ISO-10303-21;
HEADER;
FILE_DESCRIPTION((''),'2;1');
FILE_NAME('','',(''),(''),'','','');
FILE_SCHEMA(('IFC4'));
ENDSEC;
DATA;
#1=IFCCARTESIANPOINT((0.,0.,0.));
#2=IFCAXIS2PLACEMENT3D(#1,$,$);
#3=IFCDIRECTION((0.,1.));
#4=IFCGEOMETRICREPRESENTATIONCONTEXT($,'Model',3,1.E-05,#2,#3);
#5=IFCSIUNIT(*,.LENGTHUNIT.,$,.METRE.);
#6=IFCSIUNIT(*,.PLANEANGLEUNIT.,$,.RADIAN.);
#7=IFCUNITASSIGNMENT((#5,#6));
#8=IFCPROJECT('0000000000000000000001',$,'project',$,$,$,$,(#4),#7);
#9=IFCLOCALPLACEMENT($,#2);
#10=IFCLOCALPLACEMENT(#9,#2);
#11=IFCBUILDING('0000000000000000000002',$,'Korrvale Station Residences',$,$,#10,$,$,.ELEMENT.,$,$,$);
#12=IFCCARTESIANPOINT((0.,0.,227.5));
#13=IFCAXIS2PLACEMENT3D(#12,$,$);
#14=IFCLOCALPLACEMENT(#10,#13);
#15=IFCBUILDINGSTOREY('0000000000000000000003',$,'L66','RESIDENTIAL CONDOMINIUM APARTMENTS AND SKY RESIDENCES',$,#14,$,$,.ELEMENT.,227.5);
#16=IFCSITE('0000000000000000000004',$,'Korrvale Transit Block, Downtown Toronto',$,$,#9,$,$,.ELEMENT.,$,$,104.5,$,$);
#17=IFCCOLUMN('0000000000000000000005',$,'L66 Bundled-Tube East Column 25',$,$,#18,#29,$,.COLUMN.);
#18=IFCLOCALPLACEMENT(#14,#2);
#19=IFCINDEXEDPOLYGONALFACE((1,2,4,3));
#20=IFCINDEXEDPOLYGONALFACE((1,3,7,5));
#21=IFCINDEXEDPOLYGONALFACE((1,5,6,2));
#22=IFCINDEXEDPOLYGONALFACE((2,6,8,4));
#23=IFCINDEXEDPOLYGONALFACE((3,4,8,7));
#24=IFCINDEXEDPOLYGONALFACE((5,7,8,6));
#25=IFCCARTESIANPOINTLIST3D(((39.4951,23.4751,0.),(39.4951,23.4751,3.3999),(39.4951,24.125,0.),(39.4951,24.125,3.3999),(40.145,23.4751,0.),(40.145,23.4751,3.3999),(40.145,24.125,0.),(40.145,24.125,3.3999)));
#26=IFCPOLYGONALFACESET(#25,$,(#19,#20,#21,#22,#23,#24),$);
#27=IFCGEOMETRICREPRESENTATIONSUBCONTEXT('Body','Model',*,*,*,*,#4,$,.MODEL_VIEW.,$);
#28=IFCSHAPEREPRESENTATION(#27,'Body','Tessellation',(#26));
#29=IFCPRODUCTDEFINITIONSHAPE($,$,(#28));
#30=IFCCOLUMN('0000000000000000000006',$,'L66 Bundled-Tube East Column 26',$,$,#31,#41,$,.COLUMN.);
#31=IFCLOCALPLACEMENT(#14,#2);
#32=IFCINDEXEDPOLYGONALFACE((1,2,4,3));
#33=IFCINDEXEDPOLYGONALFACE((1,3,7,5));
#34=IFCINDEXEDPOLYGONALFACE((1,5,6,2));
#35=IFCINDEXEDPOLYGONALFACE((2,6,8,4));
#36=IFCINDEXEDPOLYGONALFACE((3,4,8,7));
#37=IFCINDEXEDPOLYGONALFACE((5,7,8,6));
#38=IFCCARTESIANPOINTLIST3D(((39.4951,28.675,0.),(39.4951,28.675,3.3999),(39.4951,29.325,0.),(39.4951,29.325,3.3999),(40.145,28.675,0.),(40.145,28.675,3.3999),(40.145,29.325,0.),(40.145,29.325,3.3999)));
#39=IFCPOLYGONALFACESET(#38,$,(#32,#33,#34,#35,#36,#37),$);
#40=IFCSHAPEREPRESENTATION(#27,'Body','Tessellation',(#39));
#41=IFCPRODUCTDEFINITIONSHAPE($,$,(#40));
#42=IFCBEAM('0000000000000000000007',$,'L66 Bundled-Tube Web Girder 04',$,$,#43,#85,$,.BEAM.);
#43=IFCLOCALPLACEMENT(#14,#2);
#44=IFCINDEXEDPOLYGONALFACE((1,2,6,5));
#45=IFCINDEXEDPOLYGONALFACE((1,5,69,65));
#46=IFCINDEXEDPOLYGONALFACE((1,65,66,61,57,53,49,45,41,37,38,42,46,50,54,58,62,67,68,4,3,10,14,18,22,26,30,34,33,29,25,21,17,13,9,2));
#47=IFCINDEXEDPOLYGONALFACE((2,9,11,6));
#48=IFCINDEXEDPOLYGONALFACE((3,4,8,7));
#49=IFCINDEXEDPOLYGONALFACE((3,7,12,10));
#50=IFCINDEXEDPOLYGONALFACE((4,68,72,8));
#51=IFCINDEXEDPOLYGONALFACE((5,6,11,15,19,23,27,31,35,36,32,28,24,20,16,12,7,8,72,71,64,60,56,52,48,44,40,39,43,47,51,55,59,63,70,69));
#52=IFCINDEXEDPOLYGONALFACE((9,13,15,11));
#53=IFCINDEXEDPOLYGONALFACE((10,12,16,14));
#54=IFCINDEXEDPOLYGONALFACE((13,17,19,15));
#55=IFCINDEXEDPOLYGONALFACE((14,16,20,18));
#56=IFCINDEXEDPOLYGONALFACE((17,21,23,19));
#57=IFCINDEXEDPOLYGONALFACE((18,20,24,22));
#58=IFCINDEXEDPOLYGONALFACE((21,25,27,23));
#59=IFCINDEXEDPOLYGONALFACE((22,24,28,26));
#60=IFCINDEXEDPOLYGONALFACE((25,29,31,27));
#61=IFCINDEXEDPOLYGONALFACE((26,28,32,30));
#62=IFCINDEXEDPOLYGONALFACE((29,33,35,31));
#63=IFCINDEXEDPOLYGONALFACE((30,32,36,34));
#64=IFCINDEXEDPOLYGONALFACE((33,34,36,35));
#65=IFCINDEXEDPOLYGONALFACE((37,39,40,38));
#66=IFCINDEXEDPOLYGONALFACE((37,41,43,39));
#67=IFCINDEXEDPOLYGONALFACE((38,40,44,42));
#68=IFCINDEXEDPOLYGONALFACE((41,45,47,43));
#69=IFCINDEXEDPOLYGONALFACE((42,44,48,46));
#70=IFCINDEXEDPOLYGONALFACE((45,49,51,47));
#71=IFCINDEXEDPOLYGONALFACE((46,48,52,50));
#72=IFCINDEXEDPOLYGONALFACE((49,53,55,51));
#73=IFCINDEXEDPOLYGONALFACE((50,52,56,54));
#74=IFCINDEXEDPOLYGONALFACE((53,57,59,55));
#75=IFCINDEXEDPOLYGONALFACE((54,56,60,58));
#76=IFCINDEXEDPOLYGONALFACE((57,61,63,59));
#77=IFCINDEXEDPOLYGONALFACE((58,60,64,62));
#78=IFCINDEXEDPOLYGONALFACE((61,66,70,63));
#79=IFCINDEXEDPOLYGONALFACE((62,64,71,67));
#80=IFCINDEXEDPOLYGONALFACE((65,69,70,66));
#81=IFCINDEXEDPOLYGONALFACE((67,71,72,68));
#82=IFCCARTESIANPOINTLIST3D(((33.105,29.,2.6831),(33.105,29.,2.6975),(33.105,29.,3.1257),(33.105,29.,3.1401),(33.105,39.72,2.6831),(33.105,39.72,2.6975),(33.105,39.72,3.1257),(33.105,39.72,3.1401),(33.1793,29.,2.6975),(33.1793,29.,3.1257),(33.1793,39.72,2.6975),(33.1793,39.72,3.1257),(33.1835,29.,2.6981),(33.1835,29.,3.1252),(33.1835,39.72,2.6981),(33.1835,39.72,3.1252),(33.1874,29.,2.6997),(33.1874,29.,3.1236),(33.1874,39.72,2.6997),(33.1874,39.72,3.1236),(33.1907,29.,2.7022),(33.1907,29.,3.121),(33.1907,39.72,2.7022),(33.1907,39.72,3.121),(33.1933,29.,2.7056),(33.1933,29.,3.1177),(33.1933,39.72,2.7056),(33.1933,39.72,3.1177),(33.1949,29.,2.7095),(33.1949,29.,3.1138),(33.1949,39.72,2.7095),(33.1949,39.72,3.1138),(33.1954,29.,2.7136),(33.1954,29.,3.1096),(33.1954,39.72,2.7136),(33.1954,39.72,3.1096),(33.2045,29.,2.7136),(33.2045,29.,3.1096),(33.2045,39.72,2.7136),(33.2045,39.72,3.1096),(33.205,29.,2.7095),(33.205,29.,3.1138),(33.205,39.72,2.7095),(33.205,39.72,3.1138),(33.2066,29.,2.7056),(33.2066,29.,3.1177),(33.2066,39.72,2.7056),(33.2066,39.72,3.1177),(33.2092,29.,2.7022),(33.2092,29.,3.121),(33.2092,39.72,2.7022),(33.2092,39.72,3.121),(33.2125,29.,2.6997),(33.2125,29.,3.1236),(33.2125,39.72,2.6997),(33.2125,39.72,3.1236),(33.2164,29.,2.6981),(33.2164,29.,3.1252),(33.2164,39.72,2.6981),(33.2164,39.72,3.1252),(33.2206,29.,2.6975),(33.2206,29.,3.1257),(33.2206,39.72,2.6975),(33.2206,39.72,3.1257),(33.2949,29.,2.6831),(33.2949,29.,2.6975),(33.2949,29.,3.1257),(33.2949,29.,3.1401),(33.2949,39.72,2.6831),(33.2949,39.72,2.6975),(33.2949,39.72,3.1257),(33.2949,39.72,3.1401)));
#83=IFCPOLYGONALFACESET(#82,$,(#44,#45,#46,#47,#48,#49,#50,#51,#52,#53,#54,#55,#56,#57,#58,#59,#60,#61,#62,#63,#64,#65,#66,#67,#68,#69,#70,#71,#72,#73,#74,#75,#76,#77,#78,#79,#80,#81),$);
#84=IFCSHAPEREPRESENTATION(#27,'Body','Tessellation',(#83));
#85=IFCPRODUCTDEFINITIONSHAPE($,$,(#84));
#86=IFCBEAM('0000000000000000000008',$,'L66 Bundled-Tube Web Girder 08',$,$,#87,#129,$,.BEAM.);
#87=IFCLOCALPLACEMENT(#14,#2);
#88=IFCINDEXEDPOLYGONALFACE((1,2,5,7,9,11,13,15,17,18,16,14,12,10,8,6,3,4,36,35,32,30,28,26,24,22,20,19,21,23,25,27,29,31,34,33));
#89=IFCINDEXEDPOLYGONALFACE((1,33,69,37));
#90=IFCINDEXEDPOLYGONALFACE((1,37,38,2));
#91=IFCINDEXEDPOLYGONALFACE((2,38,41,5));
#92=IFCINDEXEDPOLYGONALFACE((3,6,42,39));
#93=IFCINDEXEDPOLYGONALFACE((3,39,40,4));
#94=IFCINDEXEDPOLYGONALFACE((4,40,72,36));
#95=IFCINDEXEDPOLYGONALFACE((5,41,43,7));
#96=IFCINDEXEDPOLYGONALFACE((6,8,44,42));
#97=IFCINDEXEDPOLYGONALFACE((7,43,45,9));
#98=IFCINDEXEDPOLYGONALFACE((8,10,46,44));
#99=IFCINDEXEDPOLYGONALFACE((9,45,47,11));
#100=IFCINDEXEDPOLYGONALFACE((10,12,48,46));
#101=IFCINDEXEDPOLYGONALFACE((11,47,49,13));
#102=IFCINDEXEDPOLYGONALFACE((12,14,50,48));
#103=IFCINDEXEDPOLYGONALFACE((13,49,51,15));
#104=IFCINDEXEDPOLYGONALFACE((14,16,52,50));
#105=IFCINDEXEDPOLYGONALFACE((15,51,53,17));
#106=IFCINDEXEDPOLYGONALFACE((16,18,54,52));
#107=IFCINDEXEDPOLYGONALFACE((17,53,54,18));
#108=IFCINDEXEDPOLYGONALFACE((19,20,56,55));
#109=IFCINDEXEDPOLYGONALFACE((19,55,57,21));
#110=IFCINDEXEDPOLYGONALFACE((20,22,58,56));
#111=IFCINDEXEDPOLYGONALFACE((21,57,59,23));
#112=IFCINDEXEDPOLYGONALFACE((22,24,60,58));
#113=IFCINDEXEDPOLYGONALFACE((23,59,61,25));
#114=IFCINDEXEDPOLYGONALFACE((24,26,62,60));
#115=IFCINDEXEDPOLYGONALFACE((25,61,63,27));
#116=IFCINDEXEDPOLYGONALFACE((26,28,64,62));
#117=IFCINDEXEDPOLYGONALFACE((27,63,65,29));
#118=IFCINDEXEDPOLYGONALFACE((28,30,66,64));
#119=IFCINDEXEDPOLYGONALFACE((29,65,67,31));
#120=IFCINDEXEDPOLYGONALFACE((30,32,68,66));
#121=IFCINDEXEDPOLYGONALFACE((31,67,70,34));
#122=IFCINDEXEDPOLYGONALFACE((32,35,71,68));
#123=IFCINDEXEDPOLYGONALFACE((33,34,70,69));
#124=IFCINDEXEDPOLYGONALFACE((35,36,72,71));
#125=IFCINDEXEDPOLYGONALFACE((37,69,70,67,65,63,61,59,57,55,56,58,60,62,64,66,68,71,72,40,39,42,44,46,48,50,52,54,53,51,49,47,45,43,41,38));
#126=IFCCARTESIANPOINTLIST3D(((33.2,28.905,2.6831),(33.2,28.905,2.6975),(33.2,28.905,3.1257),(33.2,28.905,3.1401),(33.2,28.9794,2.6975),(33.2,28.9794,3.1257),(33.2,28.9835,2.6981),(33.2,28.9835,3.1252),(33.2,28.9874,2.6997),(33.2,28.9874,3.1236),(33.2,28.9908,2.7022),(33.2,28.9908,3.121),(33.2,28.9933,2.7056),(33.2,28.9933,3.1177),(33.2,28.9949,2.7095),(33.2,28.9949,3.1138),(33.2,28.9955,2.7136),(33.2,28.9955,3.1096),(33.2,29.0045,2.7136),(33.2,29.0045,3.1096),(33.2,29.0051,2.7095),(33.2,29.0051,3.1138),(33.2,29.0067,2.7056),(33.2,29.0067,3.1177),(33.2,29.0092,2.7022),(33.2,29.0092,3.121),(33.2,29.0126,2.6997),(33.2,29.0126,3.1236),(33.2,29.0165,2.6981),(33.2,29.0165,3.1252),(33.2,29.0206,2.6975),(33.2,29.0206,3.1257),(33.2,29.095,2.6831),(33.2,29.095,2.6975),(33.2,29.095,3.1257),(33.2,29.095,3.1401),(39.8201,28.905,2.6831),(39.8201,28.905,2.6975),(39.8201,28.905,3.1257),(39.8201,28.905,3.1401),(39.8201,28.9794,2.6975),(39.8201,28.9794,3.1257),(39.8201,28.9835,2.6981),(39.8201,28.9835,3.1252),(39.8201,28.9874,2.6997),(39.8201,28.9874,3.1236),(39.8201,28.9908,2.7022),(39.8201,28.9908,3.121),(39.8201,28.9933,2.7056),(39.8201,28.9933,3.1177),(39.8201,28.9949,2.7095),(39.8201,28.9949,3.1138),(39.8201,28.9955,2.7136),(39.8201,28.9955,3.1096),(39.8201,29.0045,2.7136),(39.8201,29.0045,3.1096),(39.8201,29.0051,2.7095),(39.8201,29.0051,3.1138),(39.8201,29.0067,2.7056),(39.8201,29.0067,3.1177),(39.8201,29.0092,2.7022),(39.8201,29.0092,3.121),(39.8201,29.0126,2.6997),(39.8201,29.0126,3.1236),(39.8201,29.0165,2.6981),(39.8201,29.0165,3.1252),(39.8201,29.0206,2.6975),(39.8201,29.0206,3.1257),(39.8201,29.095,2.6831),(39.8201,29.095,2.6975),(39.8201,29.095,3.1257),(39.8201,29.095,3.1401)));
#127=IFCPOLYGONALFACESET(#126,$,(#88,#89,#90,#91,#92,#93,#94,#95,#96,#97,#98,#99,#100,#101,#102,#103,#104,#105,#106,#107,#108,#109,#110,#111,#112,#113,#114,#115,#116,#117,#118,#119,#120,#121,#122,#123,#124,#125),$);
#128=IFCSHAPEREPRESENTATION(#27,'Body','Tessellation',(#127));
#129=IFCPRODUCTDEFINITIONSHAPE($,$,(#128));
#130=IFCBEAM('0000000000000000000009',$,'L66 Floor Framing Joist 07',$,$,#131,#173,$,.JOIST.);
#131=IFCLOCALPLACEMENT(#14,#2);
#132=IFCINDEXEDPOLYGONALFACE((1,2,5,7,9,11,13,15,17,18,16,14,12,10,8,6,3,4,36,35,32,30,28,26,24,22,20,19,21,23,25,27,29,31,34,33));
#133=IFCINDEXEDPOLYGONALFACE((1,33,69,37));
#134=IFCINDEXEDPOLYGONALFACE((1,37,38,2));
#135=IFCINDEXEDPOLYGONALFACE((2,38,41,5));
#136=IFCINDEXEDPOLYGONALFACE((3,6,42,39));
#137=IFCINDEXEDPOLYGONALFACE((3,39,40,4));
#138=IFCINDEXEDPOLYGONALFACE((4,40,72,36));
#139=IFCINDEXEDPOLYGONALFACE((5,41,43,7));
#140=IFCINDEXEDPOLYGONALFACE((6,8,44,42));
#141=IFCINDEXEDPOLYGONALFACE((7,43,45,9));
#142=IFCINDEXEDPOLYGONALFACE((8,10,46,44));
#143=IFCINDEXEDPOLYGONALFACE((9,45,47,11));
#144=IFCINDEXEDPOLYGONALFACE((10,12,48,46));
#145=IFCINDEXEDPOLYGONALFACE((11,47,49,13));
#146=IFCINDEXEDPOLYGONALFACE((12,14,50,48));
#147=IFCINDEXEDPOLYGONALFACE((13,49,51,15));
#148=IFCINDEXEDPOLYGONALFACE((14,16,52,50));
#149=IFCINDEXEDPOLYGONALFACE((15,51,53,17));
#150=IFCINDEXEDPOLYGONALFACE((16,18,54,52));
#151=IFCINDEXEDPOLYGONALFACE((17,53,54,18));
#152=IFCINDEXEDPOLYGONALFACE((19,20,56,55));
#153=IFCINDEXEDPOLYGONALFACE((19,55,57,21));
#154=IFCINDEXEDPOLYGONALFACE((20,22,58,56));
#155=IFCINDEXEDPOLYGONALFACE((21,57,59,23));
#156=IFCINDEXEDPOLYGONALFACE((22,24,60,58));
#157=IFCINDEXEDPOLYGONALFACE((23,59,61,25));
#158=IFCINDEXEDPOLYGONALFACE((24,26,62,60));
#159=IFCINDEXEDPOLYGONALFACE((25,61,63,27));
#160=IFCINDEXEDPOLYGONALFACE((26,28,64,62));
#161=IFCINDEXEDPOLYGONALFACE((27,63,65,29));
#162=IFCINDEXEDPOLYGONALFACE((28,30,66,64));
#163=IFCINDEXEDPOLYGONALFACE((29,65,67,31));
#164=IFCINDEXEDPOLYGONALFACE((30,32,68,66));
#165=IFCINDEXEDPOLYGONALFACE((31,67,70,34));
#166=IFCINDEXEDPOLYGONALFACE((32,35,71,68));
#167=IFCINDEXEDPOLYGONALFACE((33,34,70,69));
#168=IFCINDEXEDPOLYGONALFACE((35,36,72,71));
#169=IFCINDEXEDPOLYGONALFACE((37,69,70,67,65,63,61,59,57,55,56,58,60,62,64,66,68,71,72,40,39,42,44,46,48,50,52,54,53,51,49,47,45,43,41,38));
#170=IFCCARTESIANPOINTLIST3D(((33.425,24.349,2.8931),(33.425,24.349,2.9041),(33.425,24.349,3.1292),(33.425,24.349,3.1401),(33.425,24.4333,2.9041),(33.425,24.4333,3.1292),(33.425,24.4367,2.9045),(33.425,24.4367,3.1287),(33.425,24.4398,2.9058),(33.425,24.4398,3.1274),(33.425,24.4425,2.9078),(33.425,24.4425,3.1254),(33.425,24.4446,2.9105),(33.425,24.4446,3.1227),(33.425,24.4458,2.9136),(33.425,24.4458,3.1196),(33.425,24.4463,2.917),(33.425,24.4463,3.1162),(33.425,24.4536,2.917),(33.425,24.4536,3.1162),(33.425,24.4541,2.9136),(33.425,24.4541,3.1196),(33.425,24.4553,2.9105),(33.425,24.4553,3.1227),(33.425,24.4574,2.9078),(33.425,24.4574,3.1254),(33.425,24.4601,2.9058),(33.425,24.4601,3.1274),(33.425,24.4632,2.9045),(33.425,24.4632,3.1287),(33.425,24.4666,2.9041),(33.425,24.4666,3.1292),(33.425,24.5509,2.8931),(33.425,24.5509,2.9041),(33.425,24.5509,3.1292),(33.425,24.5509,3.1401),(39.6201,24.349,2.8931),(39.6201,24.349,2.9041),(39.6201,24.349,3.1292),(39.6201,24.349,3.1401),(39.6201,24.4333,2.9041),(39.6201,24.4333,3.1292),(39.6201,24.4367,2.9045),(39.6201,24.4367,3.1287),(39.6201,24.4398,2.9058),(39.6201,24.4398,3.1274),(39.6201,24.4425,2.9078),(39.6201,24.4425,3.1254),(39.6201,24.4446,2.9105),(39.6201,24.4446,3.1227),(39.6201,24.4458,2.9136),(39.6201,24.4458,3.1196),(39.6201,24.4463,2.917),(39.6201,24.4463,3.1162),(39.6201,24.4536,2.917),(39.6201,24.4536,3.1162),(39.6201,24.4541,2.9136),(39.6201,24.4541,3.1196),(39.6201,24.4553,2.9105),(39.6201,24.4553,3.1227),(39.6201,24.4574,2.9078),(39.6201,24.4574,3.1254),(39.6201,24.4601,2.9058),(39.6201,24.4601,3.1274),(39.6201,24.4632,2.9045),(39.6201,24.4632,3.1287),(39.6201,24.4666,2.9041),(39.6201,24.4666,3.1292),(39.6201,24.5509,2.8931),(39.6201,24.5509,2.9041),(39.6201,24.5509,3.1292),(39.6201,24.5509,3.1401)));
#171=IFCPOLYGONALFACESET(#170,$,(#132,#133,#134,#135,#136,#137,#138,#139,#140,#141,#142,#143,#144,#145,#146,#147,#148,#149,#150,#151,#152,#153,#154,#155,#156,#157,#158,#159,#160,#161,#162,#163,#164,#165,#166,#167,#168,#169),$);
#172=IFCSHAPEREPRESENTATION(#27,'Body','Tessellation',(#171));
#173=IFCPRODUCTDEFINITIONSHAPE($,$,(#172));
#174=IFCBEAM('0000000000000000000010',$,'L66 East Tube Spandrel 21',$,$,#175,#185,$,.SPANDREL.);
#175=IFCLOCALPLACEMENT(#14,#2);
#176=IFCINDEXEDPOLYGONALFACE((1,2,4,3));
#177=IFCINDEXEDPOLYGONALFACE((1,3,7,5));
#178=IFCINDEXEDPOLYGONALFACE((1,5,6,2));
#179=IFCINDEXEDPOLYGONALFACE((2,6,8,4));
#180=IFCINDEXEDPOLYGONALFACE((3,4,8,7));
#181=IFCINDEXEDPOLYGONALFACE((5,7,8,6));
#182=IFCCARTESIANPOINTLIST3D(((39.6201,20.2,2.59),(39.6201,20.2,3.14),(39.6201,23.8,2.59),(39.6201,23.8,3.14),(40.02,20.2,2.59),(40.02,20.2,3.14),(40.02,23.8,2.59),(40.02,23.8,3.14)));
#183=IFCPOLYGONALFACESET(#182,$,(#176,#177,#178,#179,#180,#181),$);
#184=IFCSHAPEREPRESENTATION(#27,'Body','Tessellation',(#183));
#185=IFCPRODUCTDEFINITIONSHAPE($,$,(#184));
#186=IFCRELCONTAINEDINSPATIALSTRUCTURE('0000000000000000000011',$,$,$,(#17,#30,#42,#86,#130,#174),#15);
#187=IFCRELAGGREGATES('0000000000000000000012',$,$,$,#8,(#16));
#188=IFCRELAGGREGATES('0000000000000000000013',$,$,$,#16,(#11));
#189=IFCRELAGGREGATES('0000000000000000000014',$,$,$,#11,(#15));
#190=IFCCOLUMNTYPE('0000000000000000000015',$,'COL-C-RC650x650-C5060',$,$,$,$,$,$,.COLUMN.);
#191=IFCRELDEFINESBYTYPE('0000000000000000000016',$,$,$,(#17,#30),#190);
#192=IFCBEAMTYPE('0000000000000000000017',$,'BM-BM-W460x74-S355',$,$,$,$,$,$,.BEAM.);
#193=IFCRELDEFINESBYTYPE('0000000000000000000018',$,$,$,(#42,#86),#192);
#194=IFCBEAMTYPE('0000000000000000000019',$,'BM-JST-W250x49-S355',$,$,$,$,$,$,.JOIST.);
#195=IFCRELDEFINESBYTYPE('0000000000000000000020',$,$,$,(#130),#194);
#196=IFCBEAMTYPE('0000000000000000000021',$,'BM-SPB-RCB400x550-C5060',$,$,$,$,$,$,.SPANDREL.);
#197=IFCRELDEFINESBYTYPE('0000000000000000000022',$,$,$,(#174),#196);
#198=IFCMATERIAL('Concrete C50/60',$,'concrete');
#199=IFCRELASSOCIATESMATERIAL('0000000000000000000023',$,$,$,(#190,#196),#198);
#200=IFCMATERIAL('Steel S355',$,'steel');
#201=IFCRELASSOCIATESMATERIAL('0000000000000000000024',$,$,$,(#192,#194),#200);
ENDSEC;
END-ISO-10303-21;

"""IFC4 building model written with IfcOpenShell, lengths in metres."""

from ifc_helpers import new_model, si_unit, direction, frame, origin, origin_2d, place, context, subcontext, project, spatial, rectangle, i_section, extrude, material, material_profile, profile_set, type_object, element, save


model = new_model("IFC4")

# Units and contexts
model_context = context("Model", 3, precision=1e-05, world=origin(), true_north=direction((0.0, 1.0)))
body_context = subcontext(model_context, "Body", "Model", "MODEL_VIEW")
ifc_project = project(units=[si_unit("LENGTHUNIT", "METRE"), si_unit("PLANEANGLEUNIT", "RADIAN")], contexts=[model_context])

# Site, building, storey
site_placement = place(None, origin())
site = spatial("IfcSite", under=ifc_project, at=site_placement, Name="Korrvale Transit Block, Downtown Toronto", CompositionType="ELEMENT", RefElevation=104.5)
building_placement = place(site_placement, origin())
building = spatial("IfcBuilding", under=site, at=building_placement, Name="Korrvale Station Residences", CompositionType="ELEMENT")
storey_placement = place(building_placement, frame((0.0, 0.0, 227.5)))
storey = spatial("IfcBuildingStorey", under=building, at=storey_placement, Name="L66", Description="RESIDENTIAL CONDOMINIUM APARTMENTS AND SKY RESIDENCES", CompositionType="ELEMENT", Elevation=227.5)

# Columns
ifc_material_1 = material(Name="Concrete C50/60", Category="concrete")
ifc_material_profile_1 = material_profile(ifc_material_1, rectangle(XDim=0.6499, YDim=0.6499, at=origin_2d()), Name="RC650x650")
ifc_profile_set_1 = profile_set([ifc_material_profile_1], Name="Concrete C50/60")
column_type = type_object("IfcColumnType", Name="COL-C-RC650x650-C5060", PredefinedType="COLUMN", material=ifc_profile_set_1)
for number, where, z_axis, x_axis, name in (
    (1, (39.8201, 23.8, 0.0), (0.0, 0.0, 1.0), (1.0, 0.0, 0.0), "L66 Bundled-Tube East Column 25"),
    (2, (39.8201, 29.0, 0.0), (0.0, 0.0, 1.0), (1.0, 0.0, 0.0), "L66 Bundled-Tube East Column 26"),
):
    element("IfcColumn", number, at=place(storey_placement, frame(where, z_axis=z_axis, x_axis=x_axis)), inside=storey, type_object=column_type, Name=name, PredefinedType="COLUMN", context=body_context, shape_type="SweptSolid", body=[
        extrude(rectangle(XDim=0.6499, YDim=0.6499, at=origin_2d()), origin(), (0.0, 0.0, 1.0), 3.3999),
    ])

# Beams
ifc_material_2 = material(Name="Steel S355", Category="steel")
ifc_material_profile_2 = material_profile(ifc_material_2, i_section(OverallWidth=0.1899, OverallDepth=0.457, WebThickness=0.009, FlangeThickness=0.0144, FilletRadius=0.0161, at=origin_2d()), Name="W460x74")
ifc_profile_set_2 = profile_set([ifc_material_profile_2], Name="Steel S355")
beam_type_1 = type_object("IfcBeamType", Name="BM-BM-W460x74-S355", PredefinedType="BEAM", material=ifc_profile_set_2)
beam_1_placement = place(storey_placement, frame((33.2, 29.0, 2.9116), z_axis=(0.0, 1.0, 0.0), x_axis=(-1.0, 0.0, 0.0)))
element("IfcBeam", 3, at=beam_1_placement, inside=storey, type_object=beam_type_1, Name="L66 Bundled-Tube Web Girder 04", PredefinedType="BEAM", context=body_context, shape_type="SweptSolid", body=[
    extrude(i_section(OverallWidth=0.1899, OverallDepth=0.457, WebThickness=0.009, FlangeThickness=0.0144, FilletRadius=0.0161, at=origin_2d()), origin(), (0.0, 0.0, 1.0), 10.72),
])
beam_2_placement = place(storey_placement, frame((33.2, 29.0, 2.9116), z_axis=(1.0, 0.0, 0.0), x_axis=(0.0, 1.0, 0.0)))
element("IfcBeam", 4, at=beam_2_placement, inside=storey, type_object=beam_type_1, Name="L66 Bundled-Tube Web Girder 08", PredefinedType="BEAM", context=body_context, shape_type="SweptSolid", body=[
    extrude(i_section(OverallWidth=0.1899, OverallDepth=0.457, WebThickness=0.009, FlangeThickness=0.0144, FilletRadius=0.0161, at=origin_2d()), origin(), (0.0, 0.0, 1.0), 6.6201),
])
ifc_material_profile_3 = material_profile(ifc_material_2, i_section(OverallWidth=0.2019, OverallDepth=0.2471, WebThickness=0.0073, FlangeThickness=0.011, FilletRadius=0.0129, at=origin_2d()), Name="W250x49")
ifc_profile_set_3 = profile_set([ifc_material_profile_3], Name="Steel S355")
beam_type_2 = type_object("IfcBeamType", Name="BM-JST-W250x49-S355", PredefinedType="JOIST", material=ifc_profile_set_3)
beam_3_placement = place(storey_placement, frame((33.425, 24.45, 3.0166), z_axis=(1.0, 0.0, 0.0), x_axis=(0.0, 1.0, 0.0)))
element("IfcBeam", 5, at=beam_3_placement, inside=storey, type_object=beam_type_2, Name="L66 Floor Framing Joist 07", PredefinedType="JOIST", context=body_context, shape_type="SweptSolid", body=[
    extrude(i_section(OverallWidth=0.2019, OverallDepth=0.2471, WebThickness=0.0073, FlangeThickness=0.011, FilletRadius=0.0129, at=origin_2d()), origin(), (0.0, 0.0, 1.0), 6.1951),
])
ifc_material_profile_4 = material_profile(ifc_material_1, rectangle(XDim=0.3999, YDim=0.55, at=origin_2d()), Name="RCB400x550")
ifc_profile_set_4 = profile_set([ifc_material_profile_4], Name="Concrete C50/60")
beam_type_3 = type_object("IfcBeamType", Name="BM-SPB-RCB400x550-C5060", PredefinedType="SPANDREL", material=ifc_profile_set_4)
beam_4_placement = place(storey_placement, frame((39.8201, 20.2, 2.865), z_axis=(0.0, 1.0, 0.0), x_axis=(-1.0, 0.0, 0.0)))
element("IfcBeam", 6, at=beam_4_placement, inside=storey, type_object=beam_type_3, Name="L66 East Tube Spandrel 21", PredefinedType="SPANDREL", context=body_context, shape_type="SweptSolid", body=[
    extrude(rectangle(XDim=0.3999, YDim=0.55, at=origin_2d()), origin(), (0.0, 0.0, 1.0), 3.6001),
])

save(model, "model.ifc")
